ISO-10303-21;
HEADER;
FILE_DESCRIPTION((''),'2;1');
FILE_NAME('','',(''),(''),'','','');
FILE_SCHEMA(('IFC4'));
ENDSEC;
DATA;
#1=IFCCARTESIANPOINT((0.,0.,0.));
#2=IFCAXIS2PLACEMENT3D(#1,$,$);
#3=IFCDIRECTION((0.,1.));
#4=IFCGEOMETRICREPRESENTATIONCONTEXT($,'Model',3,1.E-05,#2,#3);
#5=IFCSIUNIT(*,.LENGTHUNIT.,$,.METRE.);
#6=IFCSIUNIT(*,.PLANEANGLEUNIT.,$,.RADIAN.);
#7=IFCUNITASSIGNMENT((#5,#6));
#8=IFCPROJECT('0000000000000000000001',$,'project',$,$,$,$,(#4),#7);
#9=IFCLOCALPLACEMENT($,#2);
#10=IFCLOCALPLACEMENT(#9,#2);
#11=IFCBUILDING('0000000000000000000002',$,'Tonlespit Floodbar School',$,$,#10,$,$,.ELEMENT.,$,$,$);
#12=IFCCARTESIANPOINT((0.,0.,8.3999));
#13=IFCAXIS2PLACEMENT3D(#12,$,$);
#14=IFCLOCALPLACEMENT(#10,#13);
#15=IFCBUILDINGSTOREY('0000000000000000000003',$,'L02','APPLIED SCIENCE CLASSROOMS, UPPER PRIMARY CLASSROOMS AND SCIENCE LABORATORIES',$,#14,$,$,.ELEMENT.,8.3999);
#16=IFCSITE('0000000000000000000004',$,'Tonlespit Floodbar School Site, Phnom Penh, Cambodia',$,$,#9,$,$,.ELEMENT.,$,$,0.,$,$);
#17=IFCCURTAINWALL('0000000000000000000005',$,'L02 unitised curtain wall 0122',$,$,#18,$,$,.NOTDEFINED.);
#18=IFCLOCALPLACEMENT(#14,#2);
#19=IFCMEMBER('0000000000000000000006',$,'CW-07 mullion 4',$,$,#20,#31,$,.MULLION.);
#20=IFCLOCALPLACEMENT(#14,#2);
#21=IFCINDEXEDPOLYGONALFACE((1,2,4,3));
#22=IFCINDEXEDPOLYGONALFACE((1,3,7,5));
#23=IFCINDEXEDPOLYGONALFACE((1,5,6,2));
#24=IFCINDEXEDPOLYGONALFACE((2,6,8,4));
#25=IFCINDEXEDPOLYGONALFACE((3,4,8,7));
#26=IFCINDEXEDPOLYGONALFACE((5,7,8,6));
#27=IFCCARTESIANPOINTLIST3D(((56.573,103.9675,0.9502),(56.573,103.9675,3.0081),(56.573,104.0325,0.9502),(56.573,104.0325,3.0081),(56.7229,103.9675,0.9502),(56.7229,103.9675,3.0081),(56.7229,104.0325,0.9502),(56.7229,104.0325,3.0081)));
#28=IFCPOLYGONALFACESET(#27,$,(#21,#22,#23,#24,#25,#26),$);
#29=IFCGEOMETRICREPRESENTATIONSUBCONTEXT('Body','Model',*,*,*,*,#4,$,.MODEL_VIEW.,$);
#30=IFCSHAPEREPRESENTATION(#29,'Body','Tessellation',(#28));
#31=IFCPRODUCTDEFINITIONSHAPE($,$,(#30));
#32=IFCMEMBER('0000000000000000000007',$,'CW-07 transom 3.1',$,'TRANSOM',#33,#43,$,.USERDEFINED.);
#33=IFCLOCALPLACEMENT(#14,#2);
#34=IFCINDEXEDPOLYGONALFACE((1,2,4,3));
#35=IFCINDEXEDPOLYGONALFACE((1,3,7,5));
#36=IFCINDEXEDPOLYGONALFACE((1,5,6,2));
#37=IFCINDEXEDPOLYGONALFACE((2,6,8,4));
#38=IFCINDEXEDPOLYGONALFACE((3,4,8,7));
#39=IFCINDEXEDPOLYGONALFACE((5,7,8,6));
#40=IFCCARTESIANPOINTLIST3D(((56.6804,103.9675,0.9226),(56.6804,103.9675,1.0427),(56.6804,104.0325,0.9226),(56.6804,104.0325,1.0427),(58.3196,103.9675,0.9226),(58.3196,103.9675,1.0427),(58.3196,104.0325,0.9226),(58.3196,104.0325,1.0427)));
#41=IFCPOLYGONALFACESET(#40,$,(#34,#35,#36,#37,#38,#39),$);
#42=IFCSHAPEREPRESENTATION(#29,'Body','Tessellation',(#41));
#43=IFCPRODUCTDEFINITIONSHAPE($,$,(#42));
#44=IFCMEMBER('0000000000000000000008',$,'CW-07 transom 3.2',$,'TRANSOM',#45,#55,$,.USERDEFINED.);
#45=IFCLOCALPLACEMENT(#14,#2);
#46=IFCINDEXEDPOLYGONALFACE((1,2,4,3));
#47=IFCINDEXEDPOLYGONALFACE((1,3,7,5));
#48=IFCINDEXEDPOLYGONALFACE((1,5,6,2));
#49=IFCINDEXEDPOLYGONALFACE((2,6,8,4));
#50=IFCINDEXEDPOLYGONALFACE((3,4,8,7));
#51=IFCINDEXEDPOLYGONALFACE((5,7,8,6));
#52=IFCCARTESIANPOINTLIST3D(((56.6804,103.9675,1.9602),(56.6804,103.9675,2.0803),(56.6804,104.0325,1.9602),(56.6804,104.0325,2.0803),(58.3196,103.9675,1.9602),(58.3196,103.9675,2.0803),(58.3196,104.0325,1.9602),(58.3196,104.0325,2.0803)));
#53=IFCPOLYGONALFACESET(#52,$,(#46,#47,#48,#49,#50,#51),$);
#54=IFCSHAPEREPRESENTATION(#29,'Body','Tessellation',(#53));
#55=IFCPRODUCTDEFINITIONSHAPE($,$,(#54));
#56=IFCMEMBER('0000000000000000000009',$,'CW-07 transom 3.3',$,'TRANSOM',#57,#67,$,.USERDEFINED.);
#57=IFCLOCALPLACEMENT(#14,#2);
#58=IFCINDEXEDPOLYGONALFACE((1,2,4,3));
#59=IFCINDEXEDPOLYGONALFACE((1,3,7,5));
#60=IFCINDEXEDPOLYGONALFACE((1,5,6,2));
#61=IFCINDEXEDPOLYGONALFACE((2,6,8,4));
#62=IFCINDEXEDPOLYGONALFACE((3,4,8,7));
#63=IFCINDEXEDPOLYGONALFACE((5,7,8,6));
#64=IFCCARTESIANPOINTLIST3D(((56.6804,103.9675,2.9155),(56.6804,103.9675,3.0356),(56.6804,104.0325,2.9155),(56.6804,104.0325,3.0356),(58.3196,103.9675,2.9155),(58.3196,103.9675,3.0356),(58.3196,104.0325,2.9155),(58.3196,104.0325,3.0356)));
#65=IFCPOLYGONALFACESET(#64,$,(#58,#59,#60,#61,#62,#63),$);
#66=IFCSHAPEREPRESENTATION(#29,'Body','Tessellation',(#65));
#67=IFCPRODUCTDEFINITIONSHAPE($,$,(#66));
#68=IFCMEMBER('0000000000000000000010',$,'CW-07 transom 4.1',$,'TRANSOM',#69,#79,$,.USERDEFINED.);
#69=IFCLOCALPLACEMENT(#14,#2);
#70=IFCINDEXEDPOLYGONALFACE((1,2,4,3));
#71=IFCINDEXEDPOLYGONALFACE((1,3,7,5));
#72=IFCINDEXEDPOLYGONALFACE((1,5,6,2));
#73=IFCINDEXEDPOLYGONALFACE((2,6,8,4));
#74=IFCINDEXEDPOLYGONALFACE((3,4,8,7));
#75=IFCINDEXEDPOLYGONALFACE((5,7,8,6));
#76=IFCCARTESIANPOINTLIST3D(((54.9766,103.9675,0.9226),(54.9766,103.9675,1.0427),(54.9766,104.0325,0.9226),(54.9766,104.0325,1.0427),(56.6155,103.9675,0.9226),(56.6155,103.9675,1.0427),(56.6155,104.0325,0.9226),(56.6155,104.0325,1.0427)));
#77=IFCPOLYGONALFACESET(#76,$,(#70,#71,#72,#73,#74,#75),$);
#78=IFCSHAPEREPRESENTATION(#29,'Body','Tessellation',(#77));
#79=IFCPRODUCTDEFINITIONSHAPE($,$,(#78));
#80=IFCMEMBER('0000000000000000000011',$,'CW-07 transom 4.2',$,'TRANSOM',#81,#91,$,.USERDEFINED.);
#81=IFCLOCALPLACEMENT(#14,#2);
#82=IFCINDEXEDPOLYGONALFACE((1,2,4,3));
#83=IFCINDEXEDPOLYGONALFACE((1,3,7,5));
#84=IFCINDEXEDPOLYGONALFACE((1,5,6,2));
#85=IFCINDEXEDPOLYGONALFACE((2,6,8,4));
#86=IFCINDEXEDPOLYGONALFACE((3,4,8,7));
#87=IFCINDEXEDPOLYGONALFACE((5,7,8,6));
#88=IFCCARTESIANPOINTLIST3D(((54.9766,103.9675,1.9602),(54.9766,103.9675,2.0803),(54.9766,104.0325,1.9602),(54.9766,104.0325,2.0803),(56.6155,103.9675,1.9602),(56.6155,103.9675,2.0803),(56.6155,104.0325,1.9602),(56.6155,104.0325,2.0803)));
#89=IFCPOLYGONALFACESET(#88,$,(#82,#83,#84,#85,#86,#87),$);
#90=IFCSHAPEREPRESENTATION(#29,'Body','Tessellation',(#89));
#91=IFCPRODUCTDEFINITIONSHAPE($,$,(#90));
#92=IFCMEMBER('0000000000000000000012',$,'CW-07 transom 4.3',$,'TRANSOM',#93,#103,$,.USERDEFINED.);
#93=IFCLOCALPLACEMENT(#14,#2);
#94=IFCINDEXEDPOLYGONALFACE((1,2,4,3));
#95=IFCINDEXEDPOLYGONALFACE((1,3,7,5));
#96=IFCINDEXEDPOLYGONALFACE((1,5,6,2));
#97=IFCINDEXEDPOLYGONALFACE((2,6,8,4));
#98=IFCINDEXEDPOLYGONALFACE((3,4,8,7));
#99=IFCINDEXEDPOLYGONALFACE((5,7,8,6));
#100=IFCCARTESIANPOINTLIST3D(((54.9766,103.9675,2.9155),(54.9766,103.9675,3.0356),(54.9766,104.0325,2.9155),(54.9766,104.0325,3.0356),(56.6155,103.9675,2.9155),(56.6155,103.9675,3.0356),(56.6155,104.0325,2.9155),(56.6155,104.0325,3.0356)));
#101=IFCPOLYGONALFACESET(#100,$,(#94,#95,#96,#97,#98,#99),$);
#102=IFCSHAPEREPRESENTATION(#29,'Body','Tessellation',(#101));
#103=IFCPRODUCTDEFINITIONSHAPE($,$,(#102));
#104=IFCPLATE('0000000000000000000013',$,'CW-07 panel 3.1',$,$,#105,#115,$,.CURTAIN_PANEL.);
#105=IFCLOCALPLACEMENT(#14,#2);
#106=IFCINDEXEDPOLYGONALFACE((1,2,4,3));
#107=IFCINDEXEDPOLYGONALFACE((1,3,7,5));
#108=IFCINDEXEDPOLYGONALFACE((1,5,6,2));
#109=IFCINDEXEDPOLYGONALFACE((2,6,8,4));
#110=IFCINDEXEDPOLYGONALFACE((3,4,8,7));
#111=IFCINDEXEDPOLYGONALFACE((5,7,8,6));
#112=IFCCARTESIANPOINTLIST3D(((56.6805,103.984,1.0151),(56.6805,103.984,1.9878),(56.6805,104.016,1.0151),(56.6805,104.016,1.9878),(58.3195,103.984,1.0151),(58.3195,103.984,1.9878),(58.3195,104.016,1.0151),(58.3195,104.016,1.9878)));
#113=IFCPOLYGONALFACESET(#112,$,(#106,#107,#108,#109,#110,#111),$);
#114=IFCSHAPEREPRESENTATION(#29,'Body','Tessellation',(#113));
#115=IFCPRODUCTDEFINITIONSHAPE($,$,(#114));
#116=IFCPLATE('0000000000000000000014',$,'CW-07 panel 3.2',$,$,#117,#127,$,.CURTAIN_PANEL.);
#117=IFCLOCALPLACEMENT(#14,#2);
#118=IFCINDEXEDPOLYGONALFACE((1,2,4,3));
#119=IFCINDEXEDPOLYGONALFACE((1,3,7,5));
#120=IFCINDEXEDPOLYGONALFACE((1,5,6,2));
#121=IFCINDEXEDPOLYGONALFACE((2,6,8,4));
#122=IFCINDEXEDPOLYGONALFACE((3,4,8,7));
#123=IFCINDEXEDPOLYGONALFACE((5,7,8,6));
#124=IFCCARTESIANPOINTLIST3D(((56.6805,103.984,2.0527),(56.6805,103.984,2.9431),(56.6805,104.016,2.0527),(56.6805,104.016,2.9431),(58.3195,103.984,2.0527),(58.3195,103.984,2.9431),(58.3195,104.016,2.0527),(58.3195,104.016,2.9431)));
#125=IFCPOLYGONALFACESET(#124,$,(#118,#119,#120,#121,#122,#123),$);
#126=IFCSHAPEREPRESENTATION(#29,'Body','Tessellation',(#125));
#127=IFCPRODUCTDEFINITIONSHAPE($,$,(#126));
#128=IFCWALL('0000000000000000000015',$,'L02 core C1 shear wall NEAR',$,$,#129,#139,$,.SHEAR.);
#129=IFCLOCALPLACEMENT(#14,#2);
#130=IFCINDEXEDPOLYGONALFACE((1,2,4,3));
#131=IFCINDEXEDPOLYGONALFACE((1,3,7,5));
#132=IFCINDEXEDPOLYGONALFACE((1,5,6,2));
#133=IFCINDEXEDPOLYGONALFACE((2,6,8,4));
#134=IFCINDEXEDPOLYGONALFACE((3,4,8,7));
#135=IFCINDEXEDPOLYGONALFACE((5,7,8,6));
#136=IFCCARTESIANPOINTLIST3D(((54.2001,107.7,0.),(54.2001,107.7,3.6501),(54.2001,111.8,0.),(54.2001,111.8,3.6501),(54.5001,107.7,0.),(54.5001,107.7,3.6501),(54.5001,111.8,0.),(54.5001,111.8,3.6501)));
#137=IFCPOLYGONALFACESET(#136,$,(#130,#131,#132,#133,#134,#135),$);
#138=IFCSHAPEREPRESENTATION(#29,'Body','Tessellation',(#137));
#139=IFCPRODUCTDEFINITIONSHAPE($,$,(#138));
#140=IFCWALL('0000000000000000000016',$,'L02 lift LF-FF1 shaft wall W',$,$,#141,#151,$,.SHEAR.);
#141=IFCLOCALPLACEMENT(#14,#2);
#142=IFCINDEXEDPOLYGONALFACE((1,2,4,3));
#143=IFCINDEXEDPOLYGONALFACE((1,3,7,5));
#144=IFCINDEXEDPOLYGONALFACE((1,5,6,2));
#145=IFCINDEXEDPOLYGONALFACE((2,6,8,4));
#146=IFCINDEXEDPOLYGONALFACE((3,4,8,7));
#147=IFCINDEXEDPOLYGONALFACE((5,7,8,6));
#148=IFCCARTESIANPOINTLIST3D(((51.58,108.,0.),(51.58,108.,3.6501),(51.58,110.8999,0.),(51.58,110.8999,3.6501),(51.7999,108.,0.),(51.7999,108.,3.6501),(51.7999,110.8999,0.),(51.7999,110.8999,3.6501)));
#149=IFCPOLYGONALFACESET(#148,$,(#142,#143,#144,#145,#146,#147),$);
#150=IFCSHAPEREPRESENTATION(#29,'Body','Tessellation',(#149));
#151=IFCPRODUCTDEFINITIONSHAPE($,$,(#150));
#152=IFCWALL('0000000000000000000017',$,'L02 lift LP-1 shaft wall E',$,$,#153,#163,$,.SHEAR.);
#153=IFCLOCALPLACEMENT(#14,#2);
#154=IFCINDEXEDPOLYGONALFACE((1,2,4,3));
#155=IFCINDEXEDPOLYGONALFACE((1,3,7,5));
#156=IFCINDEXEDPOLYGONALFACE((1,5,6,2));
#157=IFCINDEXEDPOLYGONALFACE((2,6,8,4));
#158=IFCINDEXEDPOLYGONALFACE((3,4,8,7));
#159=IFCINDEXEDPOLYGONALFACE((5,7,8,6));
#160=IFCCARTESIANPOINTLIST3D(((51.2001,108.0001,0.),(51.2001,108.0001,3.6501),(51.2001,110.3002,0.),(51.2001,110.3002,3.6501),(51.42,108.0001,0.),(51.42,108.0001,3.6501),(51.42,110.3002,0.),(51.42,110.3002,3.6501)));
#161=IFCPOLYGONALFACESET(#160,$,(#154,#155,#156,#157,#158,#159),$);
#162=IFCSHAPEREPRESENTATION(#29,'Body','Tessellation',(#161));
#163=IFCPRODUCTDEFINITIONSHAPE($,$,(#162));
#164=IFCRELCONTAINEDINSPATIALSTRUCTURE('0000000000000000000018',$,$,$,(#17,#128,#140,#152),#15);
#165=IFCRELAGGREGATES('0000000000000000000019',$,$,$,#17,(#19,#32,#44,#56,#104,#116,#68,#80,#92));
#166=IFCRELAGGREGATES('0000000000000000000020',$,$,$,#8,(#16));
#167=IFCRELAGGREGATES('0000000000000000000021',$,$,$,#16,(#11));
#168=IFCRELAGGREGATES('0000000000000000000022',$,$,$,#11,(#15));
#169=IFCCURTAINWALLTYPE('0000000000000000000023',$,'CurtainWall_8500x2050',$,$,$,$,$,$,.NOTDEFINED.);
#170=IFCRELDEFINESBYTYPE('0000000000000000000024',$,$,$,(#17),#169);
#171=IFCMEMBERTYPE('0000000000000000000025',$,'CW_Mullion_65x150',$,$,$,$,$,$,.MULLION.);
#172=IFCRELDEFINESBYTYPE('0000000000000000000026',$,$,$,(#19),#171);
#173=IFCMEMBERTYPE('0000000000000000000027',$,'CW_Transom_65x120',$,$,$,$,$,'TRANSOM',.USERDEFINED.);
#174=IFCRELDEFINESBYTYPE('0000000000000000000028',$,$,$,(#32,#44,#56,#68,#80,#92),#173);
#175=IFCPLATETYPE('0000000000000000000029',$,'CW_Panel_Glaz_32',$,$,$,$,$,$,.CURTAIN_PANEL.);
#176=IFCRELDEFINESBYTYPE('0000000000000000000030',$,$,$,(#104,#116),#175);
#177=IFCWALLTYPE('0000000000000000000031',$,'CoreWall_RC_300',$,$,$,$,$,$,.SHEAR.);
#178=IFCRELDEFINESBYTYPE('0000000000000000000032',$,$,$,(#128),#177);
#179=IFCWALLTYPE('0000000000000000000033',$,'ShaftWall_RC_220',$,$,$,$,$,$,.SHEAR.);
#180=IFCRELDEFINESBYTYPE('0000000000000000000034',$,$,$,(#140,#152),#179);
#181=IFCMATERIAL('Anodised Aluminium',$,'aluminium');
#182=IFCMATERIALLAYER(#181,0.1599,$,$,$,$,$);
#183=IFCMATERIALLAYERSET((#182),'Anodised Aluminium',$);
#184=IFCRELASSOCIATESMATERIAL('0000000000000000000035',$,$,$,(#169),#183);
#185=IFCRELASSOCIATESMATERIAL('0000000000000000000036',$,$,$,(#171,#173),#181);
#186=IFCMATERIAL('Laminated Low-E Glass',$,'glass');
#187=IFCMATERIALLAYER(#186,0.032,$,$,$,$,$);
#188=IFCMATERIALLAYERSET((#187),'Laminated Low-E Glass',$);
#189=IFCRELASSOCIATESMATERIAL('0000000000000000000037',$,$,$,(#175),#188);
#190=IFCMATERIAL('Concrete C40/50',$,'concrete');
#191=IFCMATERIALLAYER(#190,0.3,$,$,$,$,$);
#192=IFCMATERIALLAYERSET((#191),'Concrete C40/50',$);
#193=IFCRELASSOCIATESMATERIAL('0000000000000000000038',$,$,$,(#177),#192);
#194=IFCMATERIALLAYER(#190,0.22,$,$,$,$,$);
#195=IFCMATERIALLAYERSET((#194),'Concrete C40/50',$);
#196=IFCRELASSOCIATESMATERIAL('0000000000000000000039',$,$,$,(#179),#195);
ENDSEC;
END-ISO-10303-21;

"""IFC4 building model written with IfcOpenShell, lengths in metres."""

from ifc_helpers import new_model, si_unit, direction, frame, frame_2d, origin, origin_2d, place, context, subcontext, project, spatial, rectangle, extrude, material, layer, layer_set, material_profile, profile_set, type_object, element, aggregate, save


model = new_model("IFC4")

# Units and contexts
model_context = context("Model", 3, precision=1e-05, world=origin(), true_north=direction((0.0, 1.0)))
body_context = subcontext(model_context, "Body", "Model", "MODEL_VIEW")
ifc_project = project(units=[si_unit("LENGTHUNIT", "METRE"), si_unit("PLANEANGLEUNIT", "RADIAN")], contexts=[model_context])

# Site, building, storey
site_placement = place(None, origin())
site = spatial("IfcSite", under=ifc_project, at=site_placement, Name="Tonlespit Floodbar School Site, Phnom Penh, Cambodia", CompositionType="ELEMENT", RefElevation=0.0)
building_placement = place(site_placement, origin())
building = spatial("IfcBuilding", under=site, at=building_placement, Name="Tonlespit Floodbar School", CompositionType="ELEMENT")
storey_placement = place(building_placement, frame((0.0, 0.0, 8.3999)))
storey = spatial("IfcBuildingStorey", under=building, at=storey_placement, Name="L02", Description="APPLIED SCIENCE CLASSROOMS, UPPER PRIMARY CLASSROOMS AND SCIENCE LABORATORIES", CompositionType="ELEMENT", Elevation=8.3999)

# Curtain wall, members, plates
ifc_material_1 = material(Name="Anodised Aluminium", Category="aluminium")
ifc_layer_1 = layer(ifc_material_1, 0.1599)
ifc_layer_set_1 = layer_set([ifc_layer_1], Name="Anodised Aluminium")
curtain_wall_type = type_object("IfcCurtainWallType", Name="CurtainWall_8500x2050", PredefinedType="NOTDEFINED", material=ifc_layer_set_1)
curtain_wall_placement = place(storey_placement, origin())
curtain_wall = element("IfcCurtainWall", 1, at=curtain_wall_placement, inside=storey, type_object=curtain_wall_type, Name="L02 unitised curtain wall 0122", PredefinedType="NOTDEFINED")
ifc_material_profile_1 = material_profile(ifc_material_1, rectangle(XDim=0.0649, YDim=0.1499, at=origin_2d()), Name="ALU M65x150")
ifc_profile_set_1 = profile_set([ifc_material_profile_1], Name="Anodised Aluminium")
member_type_1 = type_object("IfcMemberType", Name="CW_Mullion_65x150", PredefinedType="MULLION", material=ifc_profile_set_1)
member_1_placement = place(storey_placement, frame((56.6479, 104.0, 0.9502), z_axis=(0.0, 0.0, 1.0), x_axis=(0.0, -1.0, 0.0)))
member_1 = element("IfcMember", 2, at=member_1_placement, type_object=member_type_1, Name="CW-07 mullion 4", PredefinedType="MULLION", context=body_context, shape_type="SweptSolid", body=[
    extrude(rectangle(XDim=0.0649, YDim=0.1499, at=origin_2d()), origin(), (0.0, 0.0, 1.0), 2.0579),
])
ifc_material_profile_2 = material_profile(ifc_material_1, rectangle(XDim=0.0649, YDim=0.1201, at=origin_2d()), Name="ALU T65x120")
ifc_profile_set_2 = profile_set([ifc_material_profile_2], Name="Anodised Aluminium")
member_type_2 = type_object("IfcMemberType", Name="CW_Transom_65x120", ElementType="TRANSOM", PredefinedType="USERDEFINED", material=ifc_profile_set_2)
member_2_placement = place(storey_placement, frame((58.3196, 104.0, 0.9827), z_axis=(-1.0, 0.0, 0.0), x_axis=(0.0, -1.0, 0.0)))
member_2 = element("IfcMember", 3, at=member_2_placement, type_object=member_type_2, Name="CW-07 transom 3.1", ObjectType="TRANSOM", PredefinedType="USERDEFINED", context=body_context, shape_type="SweptSolid", body=[
    extrude(rectangle(XDim=0.0649, YDim=0.1201, at=origin_2d()), origin(), (0.0, 0.0, 1.0), 1.6392),
])
member_3_placement = place(storey_placement, frame((58.3196, 104.0, 2.0203), z_axis=(-1.0, 0.0, 0.0), x_axis=(0.0, -1.0, 0.0)))
member_3 = element("IfcMember", 4, at=member_3_placement, type_object=member_type_2, Name="CW-07 transom 3.2", ObjectType="TRANSOM", PredefinedType="USERDEFINED", context=body_context, shape_type="SweptSolid", body=[
    extrude(rectangle(XDim=0.0649, YDim=0.1201, at=origin_2d()), origin(), (0.0, 0.0, 1.0), 1.6392),
])
member_4_placement = place(storey_placement, frame((58.3196, 104.0, 2.9756), z_axis=(-1.0, 0.0, 0.0), x_axis=(0.0, -1.0, 0.0)))
member_4 = element("IfcMember", 5, at=member_4_placement, type_object=member_type_2, Name="CW-07 transom 3.3", ObjectType="TRANSOM", PredefinedType="USERDEFINED", context=body_context, shape_type="SweptSolid", body=[
    extrude(rectangle(XDim=0.0649, YDim=0.1201, at=origin_2d()), origin(), (0.0, 0.0, 1.0), 1.6392),
])
member_5_placement = place(storey_placement, frame((56.6155, 104.0, 0.9827), z_axis=(-1.0, 0.0, 0.0), x_axis=(0.0, -1.0, 0.0)))
member_5 = element("IfcMember", 6, at=member_5_placement, type_object=member_type_2, Name="CW-07 transom 4.1", ObjectType="TRANSOM", PredefinedType="USERDEFINED", context=body_context, shape_type="SweptSolid", body=[
    extrude(rectangle(XDim=0.0649, YDim=0.1201, at=origin_2d()), origin(), (0.0, 0.0, 1.0), 1.6389),
])
member_6_placement = place(storey_placement, frame((56.6155, 104.0, 2.0203), z_axis=(-1.0, 0.0, 0.0), x_axis=(0.0, -1.0, 0.0)))
member_6 = element("IfcMember", 7, at=member_6_placement, type_object=member_type_2, Name="CW-07 transom 4.2", ObjectType="TRANSOM", PredefinedType="USERDEFINED", context=body_context, shape_type="SweptSolid", body=[
    extrude(rectangle(XDim=0.0649, YDim=0.1201, at=origin_2d()), origin(), (0.0, 0.0, 1.0), 1.6389),
])
member_7_placement = place(storey_placement, frame((56.6155, 104.0, 2.9756), z_axis=(-1.0, 0.0, 0.0), x_axis=(0.0, -1.0, 0.0)))
member_7 = element("IfcMember", 8, at=member_7_placement, type_object=member_type_2, Name="CW-07 transom 4.3", ObjectType="TRANSOM", PredefinedType="USERDEFINED", context=body_context, shape_type="SweptSolid", body=[
    extrude(rectangle(XDim=0.0649, YDim=0.1201, at=origin_2d()), origin(), (0.0, 0.0, 1.0), 1.6389),
])
ifc_material_2 = material(Name="Laminated Low-E Glass", Category="glass")
ifc_layer_2 = layer(ifc_material_2, 0.032)
ifc_layer_set_2 = layer_set([ifc_layer_2], Name="Laminated Low-E Glass")
plate_type = type_object("IfcPlateType", Name="CW_Panel_Glaz_32", PredefinedType="CURTAIN_PANEL", material=ifc_layer_set_2)
plate_1_placement = place(storey_placement, frame((57.5, 104.0, 1.0151), z_axis=(0.0, 0.0, 1.0), x_axis=(-1.0, 0.0, 0.0)))
plate_1 = element("IfcPlate", 9, at=plate_1_placement, type_object=plate_type, Name="CW-07 panel 3.1", PredefinedType="CURTAIN_PANEL", context=body_context, shape_type="SweptSolid", body=[
    extrude(rectangle(XDim=1.6389, YDim=0.032, at=origin_2d()), origin(), (0.0, 0.0, 1.0), 0.9727),
])
plate_2_placement = place(storey_placement, frame((57.5, 104.0, 2.0527), z_axis=(0.0, 0.0, 1.0), x_axis=(-1.0, 0.0, 0.0)))
plate_2 = element("IfcPlate", 10, at=plate_2_placement, type_object=plate_type, Name="CW-07 panel 3.2", PredefinedType="CURTAIN_PANEL", context=body_context, shape_type="SweptSolid", body=[
    extrude(rectangle(XDim=1.6389, YDim=0.032, at=origin_2d()), origin(), (0.0, 0.0, 1.0), 0.8904),
])
aggregate(curtain_wall, [member_1, member_2, member_3, member_4, plate_1, plate_2, member_5, member_6, member_7])

# Wall
ifc_material_3 = material(Name="Concrete C40/50", Category="concrete")
ifc_layer_3 = layer(ifc_material_3, 0.3)
ifc_layer_set_3 = layer_set([ifc_layer_3], Name="Concrete C40/50")
wall_type_1 = type_object("IfcWallType", Name="CoreWall_RC_300", PredefinedType="SHEAR", material=ifc_layer_set_3)
wall_1_placement = place(storey_placement, frame((54.3501, 107.7, 0.0), z_axis=(0.0, 0.0, 1.0), x_axis=(0.0, 1.0, 0.0)))
element("IfcWall", 11, at=wall_1_placement, inside=storey, type_object=wall_type_1, Name="L02 core C1 shear wall NEAR", PredefinedType="SHEAR", context=body_context, shape_type="SweptSolid", body=[
    extrude(rectangle(XDim=4.1001, YDim=0.3, at=frame_2d((2.05, 0.0))), origin(), (0.0, 0.0, 1.0), 3.6501),
])

# Shared definitions
ifc_layer_4 = layer(ifc_material_3, 0.22)
ifc_layer_set_4 = layer_set([ifc_layer_4], Name="Concrete C40/50")
wall_type_2 = type_object("IfcWallType", Name="ShaftWall_RC_220", PredefinedType="SHEAR", material=ifc_layer_set_4)

# Wall
wall_2_placement = place(storey_placement, frame((51.6899, 108.0, 0.0), z_axis=(0.0, 0.0, 1.0), x_axis=(0.0, 1.0, 0.0)))
element("IfcWall", 12, at=wall_2_placement, inside=storey, type_object=wall_type_2, Name="L02 lift LF-FF1 shaft wall W", PredefinedType="SHEAR", context=body_context, shape_type="SweptSolid", body=[
    extrude(rectangle(XDim=2.8999, YDim=0.22, at=frame_2d((1.45, 0.0))), origin(), (0.0, 0.0, 1.0), 3.6501),
])

# Wall
wall_3_placement = place(storey_placement, frame((51.3101, 110.3, 0.0), z_axis=(0.0, 0.0, 1.0), x_axis=(0.0, -1.0, 0.0)))
element("IfcWall", 13, at=wall_3_placement, inside=storey, type_object=wall_type_2, Name="L02 lift LP-1 shaft wall E", PredefinedType="SHEAR", context=body_context, shape_type="SweptSolid", body=[
    extrude(rectangle(XDim=2.3, YDim=0.22, at=frame_2d((1.1499, 0.0))), origin(), (0.0, 0.0, 1.0), 3.6501),
])

save(model, "model.ifc")
